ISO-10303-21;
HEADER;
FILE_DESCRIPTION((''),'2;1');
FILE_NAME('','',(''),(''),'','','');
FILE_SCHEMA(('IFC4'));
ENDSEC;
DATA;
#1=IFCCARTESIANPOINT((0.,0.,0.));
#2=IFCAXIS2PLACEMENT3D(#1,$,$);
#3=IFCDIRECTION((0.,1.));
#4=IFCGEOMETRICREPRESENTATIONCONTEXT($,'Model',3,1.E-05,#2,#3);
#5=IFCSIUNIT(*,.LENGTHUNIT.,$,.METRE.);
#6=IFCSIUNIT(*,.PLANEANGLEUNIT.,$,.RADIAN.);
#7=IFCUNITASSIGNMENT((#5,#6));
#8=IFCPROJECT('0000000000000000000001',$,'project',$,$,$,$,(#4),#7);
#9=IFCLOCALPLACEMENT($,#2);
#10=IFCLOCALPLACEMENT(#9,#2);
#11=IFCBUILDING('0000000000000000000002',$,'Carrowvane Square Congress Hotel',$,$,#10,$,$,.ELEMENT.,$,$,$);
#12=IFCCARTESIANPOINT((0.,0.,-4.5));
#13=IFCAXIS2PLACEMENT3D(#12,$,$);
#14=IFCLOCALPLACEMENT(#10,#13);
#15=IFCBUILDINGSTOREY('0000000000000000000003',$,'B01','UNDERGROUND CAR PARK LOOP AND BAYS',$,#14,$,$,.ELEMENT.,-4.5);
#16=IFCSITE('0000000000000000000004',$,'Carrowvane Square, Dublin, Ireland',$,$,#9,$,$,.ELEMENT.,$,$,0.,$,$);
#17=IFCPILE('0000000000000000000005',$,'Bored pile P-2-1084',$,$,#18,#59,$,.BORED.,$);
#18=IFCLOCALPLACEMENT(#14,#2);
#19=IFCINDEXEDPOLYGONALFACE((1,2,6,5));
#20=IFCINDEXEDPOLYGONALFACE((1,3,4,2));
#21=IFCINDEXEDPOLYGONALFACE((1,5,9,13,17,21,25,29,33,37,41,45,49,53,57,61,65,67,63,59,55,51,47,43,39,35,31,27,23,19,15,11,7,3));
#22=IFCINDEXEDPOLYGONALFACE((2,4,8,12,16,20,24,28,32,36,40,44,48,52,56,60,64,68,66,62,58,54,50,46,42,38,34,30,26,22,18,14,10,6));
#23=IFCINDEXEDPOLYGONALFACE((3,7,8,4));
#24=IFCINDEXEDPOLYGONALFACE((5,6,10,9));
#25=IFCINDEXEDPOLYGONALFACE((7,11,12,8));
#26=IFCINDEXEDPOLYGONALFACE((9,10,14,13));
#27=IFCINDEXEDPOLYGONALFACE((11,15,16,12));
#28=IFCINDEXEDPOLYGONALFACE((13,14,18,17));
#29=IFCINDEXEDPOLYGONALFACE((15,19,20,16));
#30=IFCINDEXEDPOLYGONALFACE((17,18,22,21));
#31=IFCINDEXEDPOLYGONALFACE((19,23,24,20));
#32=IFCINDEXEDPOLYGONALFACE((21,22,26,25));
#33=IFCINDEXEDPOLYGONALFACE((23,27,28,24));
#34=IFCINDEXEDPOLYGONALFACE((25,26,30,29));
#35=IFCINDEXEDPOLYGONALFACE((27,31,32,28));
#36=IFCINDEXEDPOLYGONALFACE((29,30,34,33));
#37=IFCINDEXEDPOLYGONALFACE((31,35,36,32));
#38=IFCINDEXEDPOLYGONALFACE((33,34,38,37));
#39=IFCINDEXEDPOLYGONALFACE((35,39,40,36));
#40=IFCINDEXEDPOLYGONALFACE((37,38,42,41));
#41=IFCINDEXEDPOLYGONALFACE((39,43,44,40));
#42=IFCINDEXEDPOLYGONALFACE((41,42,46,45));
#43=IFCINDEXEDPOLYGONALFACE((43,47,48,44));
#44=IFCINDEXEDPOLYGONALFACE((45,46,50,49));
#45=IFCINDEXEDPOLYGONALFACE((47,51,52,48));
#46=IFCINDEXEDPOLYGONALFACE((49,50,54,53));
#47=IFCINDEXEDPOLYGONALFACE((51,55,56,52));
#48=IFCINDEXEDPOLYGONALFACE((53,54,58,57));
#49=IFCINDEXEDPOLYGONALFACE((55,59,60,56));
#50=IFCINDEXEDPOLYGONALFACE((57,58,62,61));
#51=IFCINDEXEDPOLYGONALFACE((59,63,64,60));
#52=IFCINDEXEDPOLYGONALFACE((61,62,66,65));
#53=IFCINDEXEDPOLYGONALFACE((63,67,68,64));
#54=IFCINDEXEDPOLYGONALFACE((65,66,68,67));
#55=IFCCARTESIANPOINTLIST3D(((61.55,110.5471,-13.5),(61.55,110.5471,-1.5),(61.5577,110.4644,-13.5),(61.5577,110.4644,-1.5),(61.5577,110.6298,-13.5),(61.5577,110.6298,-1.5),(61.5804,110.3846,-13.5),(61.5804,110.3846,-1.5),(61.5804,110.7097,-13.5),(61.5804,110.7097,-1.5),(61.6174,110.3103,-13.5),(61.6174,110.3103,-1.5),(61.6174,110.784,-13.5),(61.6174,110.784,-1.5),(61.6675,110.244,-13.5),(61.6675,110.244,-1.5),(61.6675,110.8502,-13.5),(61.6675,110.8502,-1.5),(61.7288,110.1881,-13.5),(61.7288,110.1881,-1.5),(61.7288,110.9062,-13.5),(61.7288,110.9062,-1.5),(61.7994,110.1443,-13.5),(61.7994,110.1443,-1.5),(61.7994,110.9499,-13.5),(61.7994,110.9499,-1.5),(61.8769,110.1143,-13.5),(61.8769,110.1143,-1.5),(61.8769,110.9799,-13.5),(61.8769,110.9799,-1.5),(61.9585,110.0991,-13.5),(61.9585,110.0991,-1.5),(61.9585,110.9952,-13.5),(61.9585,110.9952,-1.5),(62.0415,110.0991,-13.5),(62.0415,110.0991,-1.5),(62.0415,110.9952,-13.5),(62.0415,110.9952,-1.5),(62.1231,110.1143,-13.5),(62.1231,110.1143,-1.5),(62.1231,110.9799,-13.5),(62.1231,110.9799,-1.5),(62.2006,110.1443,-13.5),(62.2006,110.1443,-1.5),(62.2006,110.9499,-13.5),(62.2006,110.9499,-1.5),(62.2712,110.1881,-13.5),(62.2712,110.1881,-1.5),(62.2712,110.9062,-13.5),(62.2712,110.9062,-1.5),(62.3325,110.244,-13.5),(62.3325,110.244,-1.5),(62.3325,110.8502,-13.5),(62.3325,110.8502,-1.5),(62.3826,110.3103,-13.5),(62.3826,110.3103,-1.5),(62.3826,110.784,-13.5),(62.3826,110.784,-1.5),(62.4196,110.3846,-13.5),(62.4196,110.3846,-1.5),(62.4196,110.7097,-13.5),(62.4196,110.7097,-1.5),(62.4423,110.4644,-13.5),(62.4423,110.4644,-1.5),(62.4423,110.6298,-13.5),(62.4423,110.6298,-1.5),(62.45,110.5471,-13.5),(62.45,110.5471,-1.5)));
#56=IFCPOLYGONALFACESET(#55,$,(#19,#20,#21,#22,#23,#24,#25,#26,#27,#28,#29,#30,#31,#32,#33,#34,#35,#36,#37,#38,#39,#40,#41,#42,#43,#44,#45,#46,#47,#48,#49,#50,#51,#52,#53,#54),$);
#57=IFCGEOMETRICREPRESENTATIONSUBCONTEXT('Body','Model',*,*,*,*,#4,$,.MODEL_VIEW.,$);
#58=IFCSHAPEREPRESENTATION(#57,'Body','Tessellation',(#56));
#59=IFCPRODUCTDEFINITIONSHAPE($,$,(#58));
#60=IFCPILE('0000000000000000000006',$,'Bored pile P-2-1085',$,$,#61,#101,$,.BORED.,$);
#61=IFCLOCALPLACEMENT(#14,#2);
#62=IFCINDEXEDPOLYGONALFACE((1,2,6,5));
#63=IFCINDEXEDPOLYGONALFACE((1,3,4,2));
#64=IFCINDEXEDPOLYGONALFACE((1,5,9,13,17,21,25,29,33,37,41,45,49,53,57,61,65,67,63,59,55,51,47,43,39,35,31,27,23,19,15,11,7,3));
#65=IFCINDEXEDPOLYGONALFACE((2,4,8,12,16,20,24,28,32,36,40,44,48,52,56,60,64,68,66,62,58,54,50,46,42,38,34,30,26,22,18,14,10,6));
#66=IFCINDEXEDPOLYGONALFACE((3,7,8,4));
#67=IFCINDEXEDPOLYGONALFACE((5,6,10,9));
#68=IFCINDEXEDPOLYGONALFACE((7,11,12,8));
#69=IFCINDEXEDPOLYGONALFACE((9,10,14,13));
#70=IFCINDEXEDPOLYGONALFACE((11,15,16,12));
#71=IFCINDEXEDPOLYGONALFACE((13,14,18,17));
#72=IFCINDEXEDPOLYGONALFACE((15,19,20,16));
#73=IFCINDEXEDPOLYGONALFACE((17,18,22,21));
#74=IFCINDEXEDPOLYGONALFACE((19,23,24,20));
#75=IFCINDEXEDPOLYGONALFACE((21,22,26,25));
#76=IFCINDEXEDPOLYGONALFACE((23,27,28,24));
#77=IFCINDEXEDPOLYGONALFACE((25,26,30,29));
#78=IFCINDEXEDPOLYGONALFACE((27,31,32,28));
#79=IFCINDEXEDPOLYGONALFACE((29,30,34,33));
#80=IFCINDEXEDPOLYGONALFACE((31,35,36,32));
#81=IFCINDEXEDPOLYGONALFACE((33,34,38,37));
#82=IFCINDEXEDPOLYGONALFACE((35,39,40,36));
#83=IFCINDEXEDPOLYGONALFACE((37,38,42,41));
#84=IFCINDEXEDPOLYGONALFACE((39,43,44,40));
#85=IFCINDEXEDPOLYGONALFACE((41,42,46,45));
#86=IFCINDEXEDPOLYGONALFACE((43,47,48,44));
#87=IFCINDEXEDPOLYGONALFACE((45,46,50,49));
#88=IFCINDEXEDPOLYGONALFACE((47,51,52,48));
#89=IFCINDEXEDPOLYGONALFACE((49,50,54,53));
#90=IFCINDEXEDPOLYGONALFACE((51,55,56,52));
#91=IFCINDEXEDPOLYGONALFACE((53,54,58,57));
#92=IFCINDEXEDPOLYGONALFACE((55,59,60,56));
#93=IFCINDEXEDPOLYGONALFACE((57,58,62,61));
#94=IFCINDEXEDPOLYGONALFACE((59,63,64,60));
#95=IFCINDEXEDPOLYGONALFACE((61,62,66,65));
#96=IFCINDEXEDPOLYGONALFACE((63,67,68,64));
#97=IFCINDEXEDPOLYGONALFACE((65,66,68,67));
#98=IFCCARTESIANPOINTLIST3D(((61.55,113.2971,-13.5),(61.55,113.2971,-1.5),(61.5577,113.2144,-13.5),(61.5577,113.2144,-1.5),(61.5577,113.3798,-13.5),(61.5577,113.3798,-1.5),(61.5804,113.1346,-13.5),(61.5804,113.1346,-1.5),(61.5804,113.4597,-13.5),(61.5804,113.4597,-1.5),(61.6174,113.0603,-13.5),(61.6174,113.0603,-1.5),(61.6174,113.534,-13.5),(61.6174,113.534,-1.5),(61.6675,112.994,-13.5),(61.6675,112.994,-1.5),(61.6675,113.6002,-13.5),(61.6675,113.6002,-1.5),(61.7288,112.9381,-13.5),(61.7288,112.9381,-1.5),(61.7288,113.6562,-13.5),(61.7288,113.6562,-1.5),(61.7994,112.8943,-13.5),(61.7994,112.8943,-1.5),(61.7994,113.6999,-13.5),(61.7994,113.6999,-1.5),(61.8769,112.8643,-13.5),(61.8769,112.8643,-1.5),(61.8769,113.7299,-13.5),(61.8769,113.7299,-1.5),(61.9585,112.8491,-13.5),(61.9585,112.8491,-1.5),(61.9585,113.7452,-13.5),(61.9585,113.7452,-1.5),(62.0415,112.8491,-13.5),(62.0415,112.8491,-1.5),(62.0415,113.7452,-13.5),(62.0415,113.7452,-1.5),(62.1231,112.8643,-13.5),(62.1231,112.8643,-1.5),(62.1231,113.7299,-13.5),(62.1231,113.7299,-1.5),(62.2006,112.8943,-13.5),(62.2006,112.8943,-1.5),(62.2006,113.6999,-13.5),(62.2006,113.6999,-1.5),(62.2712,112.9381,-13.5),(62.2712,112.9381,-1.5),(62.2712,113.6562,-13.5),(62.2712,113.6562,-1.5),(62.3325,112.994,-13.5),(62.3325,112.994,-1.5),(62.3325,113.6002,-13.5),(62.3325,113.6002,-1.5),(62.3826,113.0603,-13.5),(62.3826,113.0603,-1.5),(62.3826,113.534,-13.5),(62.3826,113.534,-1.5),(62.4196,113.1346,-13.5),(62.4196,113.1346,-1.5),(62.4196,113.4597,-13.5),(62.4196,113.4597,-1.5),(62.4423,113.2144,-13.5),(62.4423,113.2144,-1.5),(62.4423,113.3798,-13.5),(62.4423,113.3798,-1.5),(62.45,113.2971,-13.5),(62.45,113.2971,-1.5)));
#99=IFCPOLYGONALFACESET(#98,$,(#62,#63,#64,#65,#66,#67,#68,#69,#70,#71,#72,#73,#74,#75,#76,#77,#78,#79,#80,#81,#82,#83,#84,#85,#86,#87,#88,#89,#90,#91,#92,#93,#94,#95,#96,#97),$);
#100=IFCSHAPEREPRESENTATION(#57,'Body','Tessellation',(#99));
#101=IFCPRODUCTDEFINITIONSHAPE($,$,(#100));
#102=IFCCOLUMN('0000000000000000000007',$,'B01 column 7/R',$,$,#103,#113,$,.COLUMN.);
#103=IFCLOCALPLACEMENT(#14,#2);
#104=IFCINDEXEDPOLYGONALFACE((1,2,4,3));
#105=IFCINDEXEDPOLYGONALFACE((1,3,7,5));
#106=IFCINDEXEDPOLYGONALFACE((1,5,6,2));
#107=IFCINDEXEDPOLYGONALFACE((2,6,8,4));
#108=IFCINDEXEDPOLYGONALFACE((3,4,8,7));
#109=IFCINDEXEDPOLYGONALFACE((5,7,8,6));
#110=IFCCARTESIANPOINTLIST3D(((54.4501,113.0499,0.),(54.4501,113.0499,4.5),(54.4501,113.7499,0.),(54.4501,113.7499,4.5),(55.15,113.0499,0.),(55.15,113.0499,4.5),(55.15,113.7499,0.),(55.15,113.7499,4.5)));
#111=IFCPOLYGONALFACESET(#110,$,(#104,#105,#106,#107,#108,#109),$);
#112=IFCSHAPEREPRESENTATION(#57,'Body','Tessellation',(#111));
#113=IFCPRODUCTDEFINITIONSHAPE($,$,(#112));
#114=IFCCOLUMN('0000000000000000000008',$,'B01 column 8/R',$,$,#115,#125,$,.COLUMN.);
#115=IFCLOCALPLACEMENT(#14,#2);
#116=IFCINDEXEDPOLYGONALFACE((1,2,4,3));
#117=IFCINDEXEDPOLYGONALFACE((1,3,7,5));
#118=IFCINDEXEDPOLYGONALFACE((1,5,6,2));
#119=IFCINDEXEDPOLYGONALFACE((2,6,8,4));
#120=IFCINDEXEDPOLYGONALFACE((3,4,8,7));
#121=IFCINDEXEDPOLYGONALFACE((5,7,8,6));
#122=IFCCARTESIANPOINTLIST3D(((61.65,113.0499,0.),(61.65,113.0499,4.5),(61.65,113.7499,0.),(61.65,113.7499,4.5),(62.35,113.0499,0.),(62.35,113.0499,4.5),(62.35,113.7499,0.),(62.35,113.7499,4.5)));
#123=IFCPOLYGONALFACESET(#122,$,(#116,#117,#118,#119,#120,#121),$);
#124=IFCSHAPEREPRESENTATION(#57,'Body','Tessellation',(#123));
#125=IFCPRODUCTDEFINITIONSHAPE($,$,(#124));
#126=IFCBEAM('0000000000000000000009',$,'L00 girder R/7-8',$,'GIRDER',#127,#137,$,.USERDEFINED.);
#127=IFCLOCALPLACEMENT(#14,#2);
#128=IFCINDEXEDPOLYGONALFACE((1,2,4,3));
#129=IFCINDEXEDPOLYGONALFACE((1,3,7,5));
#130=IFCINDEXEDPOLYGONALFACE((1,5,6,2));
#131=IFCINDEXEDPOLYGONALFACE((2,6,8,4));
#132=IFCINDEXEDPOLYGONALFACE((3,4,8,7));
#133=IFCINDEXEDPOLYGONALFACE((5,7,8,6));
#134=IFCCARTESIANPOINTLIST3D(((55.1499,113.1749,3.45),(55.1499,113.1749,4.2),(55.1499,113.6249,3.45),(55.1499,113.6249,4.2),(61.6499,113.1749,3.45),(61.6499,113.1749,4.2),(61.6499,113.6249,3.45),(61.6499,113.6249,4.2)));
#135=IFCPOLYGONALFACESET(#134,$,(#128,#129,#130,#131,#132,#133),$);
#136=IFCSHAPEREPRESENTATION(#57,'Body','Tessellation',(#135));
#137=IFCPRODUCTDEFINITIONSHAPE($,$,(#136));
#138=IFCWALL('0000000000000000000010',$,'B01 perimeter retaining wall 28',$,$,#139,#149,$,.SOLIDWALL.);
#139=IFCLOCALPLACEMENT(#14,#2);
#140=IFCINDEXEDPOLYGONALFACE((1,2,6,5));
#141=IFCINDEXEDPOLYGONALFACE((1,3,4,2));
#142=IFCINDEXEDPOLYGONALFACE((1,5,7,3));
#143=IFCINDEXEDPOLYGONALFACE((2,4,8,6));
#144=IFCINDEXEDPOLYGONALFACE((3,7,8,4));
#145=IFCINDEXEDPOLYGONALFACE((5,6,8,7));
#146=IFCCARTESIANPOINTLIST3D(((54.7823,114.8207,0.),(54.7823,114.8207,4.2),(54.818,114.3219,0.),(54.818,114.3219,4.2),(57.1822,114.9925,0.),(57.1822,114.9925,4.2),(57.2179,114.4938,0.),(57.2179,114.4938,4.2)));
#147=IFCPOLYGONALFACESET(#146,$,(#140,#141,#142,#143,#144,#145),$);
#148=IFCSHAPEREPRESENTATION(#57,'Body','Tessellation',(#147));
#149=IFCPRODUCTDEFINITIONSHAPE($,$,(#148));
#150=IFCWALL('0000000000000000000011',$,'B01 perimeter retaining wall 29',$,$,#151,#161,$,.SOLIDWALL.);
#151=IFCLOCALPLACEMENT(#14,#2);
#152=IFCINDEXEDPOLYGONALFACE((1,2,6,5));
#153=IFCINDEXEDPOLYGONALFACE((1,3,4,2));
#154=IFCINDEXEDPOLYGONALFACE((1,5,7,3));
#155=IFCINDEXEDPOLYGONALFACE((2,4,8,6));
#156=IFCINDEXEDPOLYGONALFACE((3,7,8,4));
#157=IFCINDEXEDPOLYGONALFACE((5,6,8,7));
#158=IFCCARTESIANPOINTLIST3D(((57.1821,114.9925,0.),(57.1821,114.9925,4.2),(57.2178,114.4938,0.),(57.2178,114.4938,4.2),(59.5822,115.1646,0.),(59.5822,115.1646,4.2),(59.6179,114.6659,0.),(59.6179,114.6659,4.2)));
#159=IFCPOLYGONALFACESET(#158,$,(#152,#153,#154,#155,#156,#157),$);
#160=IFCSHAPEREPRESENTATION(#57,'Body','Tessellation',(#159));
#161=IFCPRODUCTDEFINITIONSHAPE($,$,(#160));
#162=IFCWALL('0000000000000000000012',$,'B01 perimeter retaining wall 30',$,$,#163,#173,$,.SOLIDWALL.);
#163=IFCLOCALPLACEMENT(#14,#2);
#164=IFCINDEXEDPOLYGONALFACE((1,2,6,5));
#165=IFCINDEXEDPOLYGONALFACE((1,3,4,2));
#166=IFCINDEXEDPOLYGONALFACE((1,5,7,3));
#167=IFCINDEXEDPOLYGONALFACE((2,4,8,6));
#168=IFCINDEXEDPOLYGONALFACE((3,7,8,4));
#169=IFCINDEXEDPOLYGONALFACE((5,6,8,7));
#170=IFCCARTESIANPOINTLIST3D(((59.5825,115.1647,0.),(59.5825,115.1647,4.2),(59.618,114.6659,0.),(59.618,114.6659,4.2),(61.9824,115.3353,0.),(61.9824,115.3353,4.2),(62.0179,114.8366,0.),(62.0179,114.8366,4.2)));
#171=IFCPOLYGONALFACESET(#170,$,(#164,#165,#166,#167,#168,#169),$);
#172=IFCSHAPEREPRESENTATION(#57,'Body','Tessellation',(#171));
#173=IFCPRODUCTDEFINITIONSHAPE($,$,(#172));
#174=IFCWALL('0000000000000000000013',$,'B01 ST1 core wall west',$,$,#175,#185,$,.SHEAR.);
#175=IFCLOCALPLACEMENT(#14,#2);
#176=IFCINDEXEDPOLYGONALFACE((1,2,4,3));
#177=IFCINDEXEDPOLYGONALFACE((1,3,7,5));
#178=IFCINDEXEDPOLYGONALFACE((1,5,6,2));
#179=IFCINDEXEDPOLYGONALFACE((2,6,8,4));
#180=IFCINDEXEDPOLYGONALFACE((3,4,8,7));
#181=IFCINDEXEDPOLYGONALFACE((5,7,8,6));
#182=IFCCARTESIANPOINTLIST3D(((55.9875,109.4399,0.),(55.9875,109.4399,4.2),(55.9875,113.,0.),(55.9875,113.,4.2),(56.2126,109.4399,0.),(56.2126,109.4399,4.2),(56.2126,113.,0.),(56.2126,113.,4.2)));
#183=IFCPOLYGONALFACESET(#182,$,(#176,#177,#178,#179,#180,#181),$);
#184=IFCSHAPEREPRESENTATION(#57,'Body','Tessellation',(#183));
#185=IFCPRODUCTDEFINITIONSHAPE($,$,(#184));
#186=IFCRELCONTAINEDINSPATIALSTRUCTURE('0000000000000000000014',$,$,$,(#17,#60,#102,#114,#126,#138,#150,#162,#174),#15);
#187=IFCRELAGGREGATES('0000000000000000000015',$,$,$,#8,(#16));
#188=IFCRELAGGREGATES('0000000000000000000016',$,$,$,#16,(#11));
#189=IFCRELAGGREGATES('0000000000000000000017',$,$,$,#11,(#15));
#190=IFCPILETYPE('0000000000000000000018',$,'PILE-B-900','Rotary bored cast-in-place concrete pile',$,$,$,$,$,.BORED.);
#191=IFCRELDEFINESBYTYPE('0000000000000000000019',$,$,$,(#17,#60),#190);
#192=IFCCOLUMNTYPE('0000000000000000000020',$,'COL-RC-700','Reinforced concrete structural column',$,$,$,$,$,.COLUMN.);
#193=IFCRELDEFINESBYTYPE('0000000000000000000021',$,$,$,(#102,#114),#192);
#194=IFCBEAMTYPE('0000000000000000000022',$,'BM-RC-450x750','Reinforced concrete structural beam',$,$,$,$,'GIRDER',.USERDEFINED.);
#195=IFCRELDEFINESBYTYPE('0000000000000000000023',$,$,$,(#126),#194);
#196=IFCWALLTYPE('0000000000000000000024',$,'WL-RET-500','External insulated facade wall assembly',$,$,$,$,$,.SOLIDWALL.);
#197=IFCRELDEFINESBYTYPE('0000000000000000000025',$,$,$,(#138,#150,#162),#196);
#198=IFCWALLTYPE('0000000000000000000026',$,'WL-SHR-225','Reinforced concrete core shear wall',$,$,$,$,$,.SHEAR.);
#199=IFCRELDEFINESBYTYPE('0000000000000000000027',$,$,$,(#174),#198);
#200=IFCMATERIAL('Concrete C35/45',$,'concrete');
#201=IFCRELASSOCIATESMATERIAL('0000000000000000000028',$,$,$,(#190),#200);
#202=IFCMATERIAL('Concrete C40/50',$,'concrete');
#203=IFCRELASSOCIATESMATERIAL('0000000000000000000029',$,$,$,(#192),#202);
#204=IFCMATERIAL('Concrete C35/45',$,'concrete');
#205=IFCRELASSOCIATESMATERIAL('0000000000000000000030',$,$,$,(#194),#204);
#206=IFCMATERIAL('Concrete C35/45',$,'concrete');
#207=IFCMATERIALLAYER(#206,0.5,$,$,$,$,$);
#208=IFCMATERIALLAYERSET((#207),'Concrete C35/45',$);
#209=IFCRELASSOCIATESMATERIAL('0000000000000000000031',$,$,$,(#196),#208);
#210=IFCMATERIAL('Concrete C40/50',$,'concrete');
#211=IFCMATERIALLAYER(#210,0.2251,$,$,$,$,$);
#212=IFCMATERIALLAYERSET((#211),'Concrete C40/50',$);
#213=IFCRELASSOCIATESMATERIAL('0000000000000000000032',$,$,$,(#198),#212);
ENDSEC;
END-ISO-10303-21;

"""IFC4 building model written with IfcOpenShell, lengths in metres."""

from ifc_helpers import new_model, si_unit, direction, frame, frame_2d, origin, origin_2d, place, context, subcontext, project, spatial, rectangle, circle, extrude, material, layer, layer_set, material_profile, profile_set, type_object, element, save


model = new_model("IFC4")

# Units and contexts
model_context = context("Model", 3, precision=1e-05, world=origin(), true_north=direction((0.0, 1.0)))
body_context = subcontext(model_context, "Body", "Model", "MODEL_VIEW")
ifc_project = project(units=[si_unit("LENGTHUNIT", "METRE"), si_unit("PLANEANGLEUNIT", "RADIAN")], contexts=[model_context])

# Site, building, storey
site_placement = place(None, origin())
site = spatial("IfcSite", under=ifc_project, at=site_placement, Name="Carrowvane Square, Dublin, Ireland", CompositionType="ELEMENT", RefElevation=0.0)
building_placement = place(site_placement, origin())
building = spatial("IfcBuilding", under=site, at=building_placement, Name="Carrowvane Square Congress Hotel", CompositionType="ELEMENT")
storey_placement = place(building_placement, frame((0.0, 0.0, -4.5)))
storey = spatial("IfcBuildingStorey", under=building, at=storey_placement, Name="B01", Description="UNDERGROUND CAR PARK LOOP AND BAYS", CompositionType="ELEMENT", Elevation=-4.5)

# Piles
ifc_material_1 = material(Name="Concrete C35/45", Category="concrete")
ifc_material_profile_1 = material_profile(ifc_material_1, circle(Radius=0.45, at=origin_2d()), Name="PILE D900")
ifc_profile_set_1 = profile_set([ifc_material_profile_1], Name="Concrete C35/45")
pile_type = type_object("IfcPileType", Name="PILE-B-900", Description="Rotary bored cast-in-place concrete pile", PredefinedType="BORED", material=ifc_profile_set_1)
for number, where, z_axis, x_axis, name in (
    (1, (62.0, 110.5471, -1.5), (0.0, 0.0, -1.0), (1.0, 0.0, 0.0), "Bored pile P-2-1084"),
    (2, (62.0, 113.2971, -1.5), (0.0, 0.0, -1.0), (1.0, 0.0, 0.0), "Bored pile P-2-1085"),
):
    element("IfcPile", number, at=place(storey_placement, frame(where, z_axis=z_axis, x_axis=x_axis)), inside=storey, type_object=pile_type, Name=name, PredefinedType="BORED", context=body_context, shape_type="SweptSolid", body=[
        extrude(circle(Radius=0.45, at=origin_2d()), origin(), (0.0, 0.0, 1.0), 12.0),
    ])

# Columns
ifc_material_2 = material(Name="Concrete C40/50", Category="concrete")
ifc_material_profile_2 = material_profile(ifc_material_2, rectangle(XDim=0.7, YDim=0.7, at=origin_2d()), Name="RC 700x700")
ifc_profile_set_2 = profile_set([ifc_material_profile_2], Name="Concrete C40/50")
column_type = type_object("IfcColumnType", Name="COL-RC-700", Description="Reinforced concrete structural column", PredefinedType="COLUMN", material=ifc_profile_set_2)
for number, where, z_axis, x_axis, name in (
    (3, (54.8, 113.3999, 0.0), (0.0, 0.0, 1.0), (1.0, 0.0, 0.0), "B01 column 7/R"),
    (4, (62.0, 113.3999, 0.0), (0.0, 0.0, 1.0), (1.0, 0.0, 0.0), "B01 column 8/R"),
):
    element("IfcColumn", number, at=place(storey_placement, frame(where, z_axis=z_axis, x_axis=x_axis)), inside=storey, type_object=column_type, Name=name, PredefinedType="COLUMN", context=body_context, shape_type="SweptSolid", body=[
        extrude(rectangle(XDim=0.7, YDim=0.7, at=origin_2d()), origin(), (0.0, 0.0, 1.0), 4.5),
    ])

# Beam
ifc_material_3 = material(Name="Concrete C35/45", Category="concrete")
ifc_material_profile_3 = material_profile(ifc_material_3, rectangle(XDim=0.45, YDim=0.75, at=origin_2d()), Name="RC 450x750")
ifc_profile_set_3 = profile_set([ifc_material_profile_3], Name="Concrete C35/45")
beam_type = type_object("IfcBeamType", Name="BM-RC-450x750", Description="Reinforced concrete structural beam", ElementType="GIRDER", PredefinedType="USERDEFINED", material=ifc_profile_set_3)
beam_placement = place(storey_placement, frame((55.1499, 113.3999, 3.825), z_axis=(1.0, 0.0, 0.0), x_axis=(0.0, 1.0, 0.0)))
element("IfcBeam", 5, at=beam_placement, inside=storey, type_object=beam_type, Name="L00 girder R/7-8", ObjectType="GIRDER", PredefinedType="USERDEFINED", context=body_context, shape_type="SweptSolid", body=[
    extrude(rectangle(XDim=0.45, YDim=0.75, at=origin_2d()), origin(), (0.0, 0.0, 1.0), 6.5),
])

# Walls
ifc_material_4 = material(Name="Concrete C35/45", Category="concrete")
ifc_layer_1 = layer(ifc_material_4, 0.5)
ifc_layer_set_1 = layer_set([ifc_layer_1], Name="Concrete C35/45")
wall_type_1 = type_object("IfcWallType", Name="WL-RET-500", Description="External insulated facade wall assembly", PredefinedType="SOLIDWALL", material=ifc_layer_set_1)
wall_1_placement = place(storey_placement, frame((54.8, 114.5713, 0.0), z_axis=(0.0, 0.0, 1.0), x_axis=(0.997445, 0.071435, 0.0)))
element("IfcWall", 6, at=wall_1_placement, inside=storey, type_object=wall_type_1, Name="B01 perimeter retaining wall 28", PredefinedType="SOLIDWALL", context=body_context, shape_type="SweptSolid", body=[
    extrude(rectangle(XDim=2.406, YDim=0.5, at=frame_2d((1.2031, 0.0))), origin(), (0.0, 0.0, 1.0), 4.2),
])
wall_2_placement = place(storey_placement, frame((57.2, 114.7432, 0.0), z_axis=(0.0, 0.0, 1.0), x_axis=(0.997439, 0.071528, 0.0)))
element("IfcWall", 7, at=wall_2_placement, inside=storey, type_object=wall_type_1, Name="B01 perimeter retaining wall 29", PredefinedType="SOLIDWALL", context=body_context, shape_type="SweptSolid", body=[
    extrude(rectangle(XDim=2.4062, YDim=0.5, at=frame_2d((1.2031, 0.0))), origin(), (0.0, 0.0, 1.0), 4.2),
])
wall_3_placement = place(storey_placement, frame((59.6001, 114.9153, 0.0), z_axis=(0.0, 0.0, 1.0), x_axis=(0.997481, 0.07093, 0.0)))
element("IfcWall", 8, at=wall_3_placement, inside=storey, type_object=wall_type_1, Name="B01 perimeter retaining wall 30", PredefinedType="SOLIDWALL", context=body_context, shape_type="SweptSolid", body=[
    extrude(rectangle(XDim=2.406, YDim=0.5, at=frame_2d((1.2031, 0.0))), origin(), (0.0, 0.0, 1.0), 4.2),
])
ifc_material_5 = material(Name="Concrete C40/50", Category="concrete")
ifc_layer_2 = layer(ifc_material_5, 0.2251)
ifc_layer_set_2 = layer_set([ifc_layer_2], Name="Concrete C40/50")
wall_type_2 = type_object("IfcWallType", Name="WL-SHR-225", Description="Reinforced concrete core shear wall", PredefinedType="SHEAR", material=ifc_layer_set_2)
wall_4_placement = place(storey_placement, frame((56.1001, 113.0, 0.0), z_axis=(0.0, 0.0, 1.0), x_axis=(0.0, -1.0, 0.0)))
element("IfcWall", 9, at=wall_4_placement, inside=storey, type_object=wall_type_2, Name="B01 ST1 core wall west", PredefinedType="SHEAR", context=body_context, shape_type="SweptSolid", body=[
    extrude(rectangle(XDim=3.5601, YDim=0.2251, at=frame_2d((1.78, 0.0))), origin(), (0.0, 0.0, 1.0), 4.2),
])

save(model, "model.ifc")
